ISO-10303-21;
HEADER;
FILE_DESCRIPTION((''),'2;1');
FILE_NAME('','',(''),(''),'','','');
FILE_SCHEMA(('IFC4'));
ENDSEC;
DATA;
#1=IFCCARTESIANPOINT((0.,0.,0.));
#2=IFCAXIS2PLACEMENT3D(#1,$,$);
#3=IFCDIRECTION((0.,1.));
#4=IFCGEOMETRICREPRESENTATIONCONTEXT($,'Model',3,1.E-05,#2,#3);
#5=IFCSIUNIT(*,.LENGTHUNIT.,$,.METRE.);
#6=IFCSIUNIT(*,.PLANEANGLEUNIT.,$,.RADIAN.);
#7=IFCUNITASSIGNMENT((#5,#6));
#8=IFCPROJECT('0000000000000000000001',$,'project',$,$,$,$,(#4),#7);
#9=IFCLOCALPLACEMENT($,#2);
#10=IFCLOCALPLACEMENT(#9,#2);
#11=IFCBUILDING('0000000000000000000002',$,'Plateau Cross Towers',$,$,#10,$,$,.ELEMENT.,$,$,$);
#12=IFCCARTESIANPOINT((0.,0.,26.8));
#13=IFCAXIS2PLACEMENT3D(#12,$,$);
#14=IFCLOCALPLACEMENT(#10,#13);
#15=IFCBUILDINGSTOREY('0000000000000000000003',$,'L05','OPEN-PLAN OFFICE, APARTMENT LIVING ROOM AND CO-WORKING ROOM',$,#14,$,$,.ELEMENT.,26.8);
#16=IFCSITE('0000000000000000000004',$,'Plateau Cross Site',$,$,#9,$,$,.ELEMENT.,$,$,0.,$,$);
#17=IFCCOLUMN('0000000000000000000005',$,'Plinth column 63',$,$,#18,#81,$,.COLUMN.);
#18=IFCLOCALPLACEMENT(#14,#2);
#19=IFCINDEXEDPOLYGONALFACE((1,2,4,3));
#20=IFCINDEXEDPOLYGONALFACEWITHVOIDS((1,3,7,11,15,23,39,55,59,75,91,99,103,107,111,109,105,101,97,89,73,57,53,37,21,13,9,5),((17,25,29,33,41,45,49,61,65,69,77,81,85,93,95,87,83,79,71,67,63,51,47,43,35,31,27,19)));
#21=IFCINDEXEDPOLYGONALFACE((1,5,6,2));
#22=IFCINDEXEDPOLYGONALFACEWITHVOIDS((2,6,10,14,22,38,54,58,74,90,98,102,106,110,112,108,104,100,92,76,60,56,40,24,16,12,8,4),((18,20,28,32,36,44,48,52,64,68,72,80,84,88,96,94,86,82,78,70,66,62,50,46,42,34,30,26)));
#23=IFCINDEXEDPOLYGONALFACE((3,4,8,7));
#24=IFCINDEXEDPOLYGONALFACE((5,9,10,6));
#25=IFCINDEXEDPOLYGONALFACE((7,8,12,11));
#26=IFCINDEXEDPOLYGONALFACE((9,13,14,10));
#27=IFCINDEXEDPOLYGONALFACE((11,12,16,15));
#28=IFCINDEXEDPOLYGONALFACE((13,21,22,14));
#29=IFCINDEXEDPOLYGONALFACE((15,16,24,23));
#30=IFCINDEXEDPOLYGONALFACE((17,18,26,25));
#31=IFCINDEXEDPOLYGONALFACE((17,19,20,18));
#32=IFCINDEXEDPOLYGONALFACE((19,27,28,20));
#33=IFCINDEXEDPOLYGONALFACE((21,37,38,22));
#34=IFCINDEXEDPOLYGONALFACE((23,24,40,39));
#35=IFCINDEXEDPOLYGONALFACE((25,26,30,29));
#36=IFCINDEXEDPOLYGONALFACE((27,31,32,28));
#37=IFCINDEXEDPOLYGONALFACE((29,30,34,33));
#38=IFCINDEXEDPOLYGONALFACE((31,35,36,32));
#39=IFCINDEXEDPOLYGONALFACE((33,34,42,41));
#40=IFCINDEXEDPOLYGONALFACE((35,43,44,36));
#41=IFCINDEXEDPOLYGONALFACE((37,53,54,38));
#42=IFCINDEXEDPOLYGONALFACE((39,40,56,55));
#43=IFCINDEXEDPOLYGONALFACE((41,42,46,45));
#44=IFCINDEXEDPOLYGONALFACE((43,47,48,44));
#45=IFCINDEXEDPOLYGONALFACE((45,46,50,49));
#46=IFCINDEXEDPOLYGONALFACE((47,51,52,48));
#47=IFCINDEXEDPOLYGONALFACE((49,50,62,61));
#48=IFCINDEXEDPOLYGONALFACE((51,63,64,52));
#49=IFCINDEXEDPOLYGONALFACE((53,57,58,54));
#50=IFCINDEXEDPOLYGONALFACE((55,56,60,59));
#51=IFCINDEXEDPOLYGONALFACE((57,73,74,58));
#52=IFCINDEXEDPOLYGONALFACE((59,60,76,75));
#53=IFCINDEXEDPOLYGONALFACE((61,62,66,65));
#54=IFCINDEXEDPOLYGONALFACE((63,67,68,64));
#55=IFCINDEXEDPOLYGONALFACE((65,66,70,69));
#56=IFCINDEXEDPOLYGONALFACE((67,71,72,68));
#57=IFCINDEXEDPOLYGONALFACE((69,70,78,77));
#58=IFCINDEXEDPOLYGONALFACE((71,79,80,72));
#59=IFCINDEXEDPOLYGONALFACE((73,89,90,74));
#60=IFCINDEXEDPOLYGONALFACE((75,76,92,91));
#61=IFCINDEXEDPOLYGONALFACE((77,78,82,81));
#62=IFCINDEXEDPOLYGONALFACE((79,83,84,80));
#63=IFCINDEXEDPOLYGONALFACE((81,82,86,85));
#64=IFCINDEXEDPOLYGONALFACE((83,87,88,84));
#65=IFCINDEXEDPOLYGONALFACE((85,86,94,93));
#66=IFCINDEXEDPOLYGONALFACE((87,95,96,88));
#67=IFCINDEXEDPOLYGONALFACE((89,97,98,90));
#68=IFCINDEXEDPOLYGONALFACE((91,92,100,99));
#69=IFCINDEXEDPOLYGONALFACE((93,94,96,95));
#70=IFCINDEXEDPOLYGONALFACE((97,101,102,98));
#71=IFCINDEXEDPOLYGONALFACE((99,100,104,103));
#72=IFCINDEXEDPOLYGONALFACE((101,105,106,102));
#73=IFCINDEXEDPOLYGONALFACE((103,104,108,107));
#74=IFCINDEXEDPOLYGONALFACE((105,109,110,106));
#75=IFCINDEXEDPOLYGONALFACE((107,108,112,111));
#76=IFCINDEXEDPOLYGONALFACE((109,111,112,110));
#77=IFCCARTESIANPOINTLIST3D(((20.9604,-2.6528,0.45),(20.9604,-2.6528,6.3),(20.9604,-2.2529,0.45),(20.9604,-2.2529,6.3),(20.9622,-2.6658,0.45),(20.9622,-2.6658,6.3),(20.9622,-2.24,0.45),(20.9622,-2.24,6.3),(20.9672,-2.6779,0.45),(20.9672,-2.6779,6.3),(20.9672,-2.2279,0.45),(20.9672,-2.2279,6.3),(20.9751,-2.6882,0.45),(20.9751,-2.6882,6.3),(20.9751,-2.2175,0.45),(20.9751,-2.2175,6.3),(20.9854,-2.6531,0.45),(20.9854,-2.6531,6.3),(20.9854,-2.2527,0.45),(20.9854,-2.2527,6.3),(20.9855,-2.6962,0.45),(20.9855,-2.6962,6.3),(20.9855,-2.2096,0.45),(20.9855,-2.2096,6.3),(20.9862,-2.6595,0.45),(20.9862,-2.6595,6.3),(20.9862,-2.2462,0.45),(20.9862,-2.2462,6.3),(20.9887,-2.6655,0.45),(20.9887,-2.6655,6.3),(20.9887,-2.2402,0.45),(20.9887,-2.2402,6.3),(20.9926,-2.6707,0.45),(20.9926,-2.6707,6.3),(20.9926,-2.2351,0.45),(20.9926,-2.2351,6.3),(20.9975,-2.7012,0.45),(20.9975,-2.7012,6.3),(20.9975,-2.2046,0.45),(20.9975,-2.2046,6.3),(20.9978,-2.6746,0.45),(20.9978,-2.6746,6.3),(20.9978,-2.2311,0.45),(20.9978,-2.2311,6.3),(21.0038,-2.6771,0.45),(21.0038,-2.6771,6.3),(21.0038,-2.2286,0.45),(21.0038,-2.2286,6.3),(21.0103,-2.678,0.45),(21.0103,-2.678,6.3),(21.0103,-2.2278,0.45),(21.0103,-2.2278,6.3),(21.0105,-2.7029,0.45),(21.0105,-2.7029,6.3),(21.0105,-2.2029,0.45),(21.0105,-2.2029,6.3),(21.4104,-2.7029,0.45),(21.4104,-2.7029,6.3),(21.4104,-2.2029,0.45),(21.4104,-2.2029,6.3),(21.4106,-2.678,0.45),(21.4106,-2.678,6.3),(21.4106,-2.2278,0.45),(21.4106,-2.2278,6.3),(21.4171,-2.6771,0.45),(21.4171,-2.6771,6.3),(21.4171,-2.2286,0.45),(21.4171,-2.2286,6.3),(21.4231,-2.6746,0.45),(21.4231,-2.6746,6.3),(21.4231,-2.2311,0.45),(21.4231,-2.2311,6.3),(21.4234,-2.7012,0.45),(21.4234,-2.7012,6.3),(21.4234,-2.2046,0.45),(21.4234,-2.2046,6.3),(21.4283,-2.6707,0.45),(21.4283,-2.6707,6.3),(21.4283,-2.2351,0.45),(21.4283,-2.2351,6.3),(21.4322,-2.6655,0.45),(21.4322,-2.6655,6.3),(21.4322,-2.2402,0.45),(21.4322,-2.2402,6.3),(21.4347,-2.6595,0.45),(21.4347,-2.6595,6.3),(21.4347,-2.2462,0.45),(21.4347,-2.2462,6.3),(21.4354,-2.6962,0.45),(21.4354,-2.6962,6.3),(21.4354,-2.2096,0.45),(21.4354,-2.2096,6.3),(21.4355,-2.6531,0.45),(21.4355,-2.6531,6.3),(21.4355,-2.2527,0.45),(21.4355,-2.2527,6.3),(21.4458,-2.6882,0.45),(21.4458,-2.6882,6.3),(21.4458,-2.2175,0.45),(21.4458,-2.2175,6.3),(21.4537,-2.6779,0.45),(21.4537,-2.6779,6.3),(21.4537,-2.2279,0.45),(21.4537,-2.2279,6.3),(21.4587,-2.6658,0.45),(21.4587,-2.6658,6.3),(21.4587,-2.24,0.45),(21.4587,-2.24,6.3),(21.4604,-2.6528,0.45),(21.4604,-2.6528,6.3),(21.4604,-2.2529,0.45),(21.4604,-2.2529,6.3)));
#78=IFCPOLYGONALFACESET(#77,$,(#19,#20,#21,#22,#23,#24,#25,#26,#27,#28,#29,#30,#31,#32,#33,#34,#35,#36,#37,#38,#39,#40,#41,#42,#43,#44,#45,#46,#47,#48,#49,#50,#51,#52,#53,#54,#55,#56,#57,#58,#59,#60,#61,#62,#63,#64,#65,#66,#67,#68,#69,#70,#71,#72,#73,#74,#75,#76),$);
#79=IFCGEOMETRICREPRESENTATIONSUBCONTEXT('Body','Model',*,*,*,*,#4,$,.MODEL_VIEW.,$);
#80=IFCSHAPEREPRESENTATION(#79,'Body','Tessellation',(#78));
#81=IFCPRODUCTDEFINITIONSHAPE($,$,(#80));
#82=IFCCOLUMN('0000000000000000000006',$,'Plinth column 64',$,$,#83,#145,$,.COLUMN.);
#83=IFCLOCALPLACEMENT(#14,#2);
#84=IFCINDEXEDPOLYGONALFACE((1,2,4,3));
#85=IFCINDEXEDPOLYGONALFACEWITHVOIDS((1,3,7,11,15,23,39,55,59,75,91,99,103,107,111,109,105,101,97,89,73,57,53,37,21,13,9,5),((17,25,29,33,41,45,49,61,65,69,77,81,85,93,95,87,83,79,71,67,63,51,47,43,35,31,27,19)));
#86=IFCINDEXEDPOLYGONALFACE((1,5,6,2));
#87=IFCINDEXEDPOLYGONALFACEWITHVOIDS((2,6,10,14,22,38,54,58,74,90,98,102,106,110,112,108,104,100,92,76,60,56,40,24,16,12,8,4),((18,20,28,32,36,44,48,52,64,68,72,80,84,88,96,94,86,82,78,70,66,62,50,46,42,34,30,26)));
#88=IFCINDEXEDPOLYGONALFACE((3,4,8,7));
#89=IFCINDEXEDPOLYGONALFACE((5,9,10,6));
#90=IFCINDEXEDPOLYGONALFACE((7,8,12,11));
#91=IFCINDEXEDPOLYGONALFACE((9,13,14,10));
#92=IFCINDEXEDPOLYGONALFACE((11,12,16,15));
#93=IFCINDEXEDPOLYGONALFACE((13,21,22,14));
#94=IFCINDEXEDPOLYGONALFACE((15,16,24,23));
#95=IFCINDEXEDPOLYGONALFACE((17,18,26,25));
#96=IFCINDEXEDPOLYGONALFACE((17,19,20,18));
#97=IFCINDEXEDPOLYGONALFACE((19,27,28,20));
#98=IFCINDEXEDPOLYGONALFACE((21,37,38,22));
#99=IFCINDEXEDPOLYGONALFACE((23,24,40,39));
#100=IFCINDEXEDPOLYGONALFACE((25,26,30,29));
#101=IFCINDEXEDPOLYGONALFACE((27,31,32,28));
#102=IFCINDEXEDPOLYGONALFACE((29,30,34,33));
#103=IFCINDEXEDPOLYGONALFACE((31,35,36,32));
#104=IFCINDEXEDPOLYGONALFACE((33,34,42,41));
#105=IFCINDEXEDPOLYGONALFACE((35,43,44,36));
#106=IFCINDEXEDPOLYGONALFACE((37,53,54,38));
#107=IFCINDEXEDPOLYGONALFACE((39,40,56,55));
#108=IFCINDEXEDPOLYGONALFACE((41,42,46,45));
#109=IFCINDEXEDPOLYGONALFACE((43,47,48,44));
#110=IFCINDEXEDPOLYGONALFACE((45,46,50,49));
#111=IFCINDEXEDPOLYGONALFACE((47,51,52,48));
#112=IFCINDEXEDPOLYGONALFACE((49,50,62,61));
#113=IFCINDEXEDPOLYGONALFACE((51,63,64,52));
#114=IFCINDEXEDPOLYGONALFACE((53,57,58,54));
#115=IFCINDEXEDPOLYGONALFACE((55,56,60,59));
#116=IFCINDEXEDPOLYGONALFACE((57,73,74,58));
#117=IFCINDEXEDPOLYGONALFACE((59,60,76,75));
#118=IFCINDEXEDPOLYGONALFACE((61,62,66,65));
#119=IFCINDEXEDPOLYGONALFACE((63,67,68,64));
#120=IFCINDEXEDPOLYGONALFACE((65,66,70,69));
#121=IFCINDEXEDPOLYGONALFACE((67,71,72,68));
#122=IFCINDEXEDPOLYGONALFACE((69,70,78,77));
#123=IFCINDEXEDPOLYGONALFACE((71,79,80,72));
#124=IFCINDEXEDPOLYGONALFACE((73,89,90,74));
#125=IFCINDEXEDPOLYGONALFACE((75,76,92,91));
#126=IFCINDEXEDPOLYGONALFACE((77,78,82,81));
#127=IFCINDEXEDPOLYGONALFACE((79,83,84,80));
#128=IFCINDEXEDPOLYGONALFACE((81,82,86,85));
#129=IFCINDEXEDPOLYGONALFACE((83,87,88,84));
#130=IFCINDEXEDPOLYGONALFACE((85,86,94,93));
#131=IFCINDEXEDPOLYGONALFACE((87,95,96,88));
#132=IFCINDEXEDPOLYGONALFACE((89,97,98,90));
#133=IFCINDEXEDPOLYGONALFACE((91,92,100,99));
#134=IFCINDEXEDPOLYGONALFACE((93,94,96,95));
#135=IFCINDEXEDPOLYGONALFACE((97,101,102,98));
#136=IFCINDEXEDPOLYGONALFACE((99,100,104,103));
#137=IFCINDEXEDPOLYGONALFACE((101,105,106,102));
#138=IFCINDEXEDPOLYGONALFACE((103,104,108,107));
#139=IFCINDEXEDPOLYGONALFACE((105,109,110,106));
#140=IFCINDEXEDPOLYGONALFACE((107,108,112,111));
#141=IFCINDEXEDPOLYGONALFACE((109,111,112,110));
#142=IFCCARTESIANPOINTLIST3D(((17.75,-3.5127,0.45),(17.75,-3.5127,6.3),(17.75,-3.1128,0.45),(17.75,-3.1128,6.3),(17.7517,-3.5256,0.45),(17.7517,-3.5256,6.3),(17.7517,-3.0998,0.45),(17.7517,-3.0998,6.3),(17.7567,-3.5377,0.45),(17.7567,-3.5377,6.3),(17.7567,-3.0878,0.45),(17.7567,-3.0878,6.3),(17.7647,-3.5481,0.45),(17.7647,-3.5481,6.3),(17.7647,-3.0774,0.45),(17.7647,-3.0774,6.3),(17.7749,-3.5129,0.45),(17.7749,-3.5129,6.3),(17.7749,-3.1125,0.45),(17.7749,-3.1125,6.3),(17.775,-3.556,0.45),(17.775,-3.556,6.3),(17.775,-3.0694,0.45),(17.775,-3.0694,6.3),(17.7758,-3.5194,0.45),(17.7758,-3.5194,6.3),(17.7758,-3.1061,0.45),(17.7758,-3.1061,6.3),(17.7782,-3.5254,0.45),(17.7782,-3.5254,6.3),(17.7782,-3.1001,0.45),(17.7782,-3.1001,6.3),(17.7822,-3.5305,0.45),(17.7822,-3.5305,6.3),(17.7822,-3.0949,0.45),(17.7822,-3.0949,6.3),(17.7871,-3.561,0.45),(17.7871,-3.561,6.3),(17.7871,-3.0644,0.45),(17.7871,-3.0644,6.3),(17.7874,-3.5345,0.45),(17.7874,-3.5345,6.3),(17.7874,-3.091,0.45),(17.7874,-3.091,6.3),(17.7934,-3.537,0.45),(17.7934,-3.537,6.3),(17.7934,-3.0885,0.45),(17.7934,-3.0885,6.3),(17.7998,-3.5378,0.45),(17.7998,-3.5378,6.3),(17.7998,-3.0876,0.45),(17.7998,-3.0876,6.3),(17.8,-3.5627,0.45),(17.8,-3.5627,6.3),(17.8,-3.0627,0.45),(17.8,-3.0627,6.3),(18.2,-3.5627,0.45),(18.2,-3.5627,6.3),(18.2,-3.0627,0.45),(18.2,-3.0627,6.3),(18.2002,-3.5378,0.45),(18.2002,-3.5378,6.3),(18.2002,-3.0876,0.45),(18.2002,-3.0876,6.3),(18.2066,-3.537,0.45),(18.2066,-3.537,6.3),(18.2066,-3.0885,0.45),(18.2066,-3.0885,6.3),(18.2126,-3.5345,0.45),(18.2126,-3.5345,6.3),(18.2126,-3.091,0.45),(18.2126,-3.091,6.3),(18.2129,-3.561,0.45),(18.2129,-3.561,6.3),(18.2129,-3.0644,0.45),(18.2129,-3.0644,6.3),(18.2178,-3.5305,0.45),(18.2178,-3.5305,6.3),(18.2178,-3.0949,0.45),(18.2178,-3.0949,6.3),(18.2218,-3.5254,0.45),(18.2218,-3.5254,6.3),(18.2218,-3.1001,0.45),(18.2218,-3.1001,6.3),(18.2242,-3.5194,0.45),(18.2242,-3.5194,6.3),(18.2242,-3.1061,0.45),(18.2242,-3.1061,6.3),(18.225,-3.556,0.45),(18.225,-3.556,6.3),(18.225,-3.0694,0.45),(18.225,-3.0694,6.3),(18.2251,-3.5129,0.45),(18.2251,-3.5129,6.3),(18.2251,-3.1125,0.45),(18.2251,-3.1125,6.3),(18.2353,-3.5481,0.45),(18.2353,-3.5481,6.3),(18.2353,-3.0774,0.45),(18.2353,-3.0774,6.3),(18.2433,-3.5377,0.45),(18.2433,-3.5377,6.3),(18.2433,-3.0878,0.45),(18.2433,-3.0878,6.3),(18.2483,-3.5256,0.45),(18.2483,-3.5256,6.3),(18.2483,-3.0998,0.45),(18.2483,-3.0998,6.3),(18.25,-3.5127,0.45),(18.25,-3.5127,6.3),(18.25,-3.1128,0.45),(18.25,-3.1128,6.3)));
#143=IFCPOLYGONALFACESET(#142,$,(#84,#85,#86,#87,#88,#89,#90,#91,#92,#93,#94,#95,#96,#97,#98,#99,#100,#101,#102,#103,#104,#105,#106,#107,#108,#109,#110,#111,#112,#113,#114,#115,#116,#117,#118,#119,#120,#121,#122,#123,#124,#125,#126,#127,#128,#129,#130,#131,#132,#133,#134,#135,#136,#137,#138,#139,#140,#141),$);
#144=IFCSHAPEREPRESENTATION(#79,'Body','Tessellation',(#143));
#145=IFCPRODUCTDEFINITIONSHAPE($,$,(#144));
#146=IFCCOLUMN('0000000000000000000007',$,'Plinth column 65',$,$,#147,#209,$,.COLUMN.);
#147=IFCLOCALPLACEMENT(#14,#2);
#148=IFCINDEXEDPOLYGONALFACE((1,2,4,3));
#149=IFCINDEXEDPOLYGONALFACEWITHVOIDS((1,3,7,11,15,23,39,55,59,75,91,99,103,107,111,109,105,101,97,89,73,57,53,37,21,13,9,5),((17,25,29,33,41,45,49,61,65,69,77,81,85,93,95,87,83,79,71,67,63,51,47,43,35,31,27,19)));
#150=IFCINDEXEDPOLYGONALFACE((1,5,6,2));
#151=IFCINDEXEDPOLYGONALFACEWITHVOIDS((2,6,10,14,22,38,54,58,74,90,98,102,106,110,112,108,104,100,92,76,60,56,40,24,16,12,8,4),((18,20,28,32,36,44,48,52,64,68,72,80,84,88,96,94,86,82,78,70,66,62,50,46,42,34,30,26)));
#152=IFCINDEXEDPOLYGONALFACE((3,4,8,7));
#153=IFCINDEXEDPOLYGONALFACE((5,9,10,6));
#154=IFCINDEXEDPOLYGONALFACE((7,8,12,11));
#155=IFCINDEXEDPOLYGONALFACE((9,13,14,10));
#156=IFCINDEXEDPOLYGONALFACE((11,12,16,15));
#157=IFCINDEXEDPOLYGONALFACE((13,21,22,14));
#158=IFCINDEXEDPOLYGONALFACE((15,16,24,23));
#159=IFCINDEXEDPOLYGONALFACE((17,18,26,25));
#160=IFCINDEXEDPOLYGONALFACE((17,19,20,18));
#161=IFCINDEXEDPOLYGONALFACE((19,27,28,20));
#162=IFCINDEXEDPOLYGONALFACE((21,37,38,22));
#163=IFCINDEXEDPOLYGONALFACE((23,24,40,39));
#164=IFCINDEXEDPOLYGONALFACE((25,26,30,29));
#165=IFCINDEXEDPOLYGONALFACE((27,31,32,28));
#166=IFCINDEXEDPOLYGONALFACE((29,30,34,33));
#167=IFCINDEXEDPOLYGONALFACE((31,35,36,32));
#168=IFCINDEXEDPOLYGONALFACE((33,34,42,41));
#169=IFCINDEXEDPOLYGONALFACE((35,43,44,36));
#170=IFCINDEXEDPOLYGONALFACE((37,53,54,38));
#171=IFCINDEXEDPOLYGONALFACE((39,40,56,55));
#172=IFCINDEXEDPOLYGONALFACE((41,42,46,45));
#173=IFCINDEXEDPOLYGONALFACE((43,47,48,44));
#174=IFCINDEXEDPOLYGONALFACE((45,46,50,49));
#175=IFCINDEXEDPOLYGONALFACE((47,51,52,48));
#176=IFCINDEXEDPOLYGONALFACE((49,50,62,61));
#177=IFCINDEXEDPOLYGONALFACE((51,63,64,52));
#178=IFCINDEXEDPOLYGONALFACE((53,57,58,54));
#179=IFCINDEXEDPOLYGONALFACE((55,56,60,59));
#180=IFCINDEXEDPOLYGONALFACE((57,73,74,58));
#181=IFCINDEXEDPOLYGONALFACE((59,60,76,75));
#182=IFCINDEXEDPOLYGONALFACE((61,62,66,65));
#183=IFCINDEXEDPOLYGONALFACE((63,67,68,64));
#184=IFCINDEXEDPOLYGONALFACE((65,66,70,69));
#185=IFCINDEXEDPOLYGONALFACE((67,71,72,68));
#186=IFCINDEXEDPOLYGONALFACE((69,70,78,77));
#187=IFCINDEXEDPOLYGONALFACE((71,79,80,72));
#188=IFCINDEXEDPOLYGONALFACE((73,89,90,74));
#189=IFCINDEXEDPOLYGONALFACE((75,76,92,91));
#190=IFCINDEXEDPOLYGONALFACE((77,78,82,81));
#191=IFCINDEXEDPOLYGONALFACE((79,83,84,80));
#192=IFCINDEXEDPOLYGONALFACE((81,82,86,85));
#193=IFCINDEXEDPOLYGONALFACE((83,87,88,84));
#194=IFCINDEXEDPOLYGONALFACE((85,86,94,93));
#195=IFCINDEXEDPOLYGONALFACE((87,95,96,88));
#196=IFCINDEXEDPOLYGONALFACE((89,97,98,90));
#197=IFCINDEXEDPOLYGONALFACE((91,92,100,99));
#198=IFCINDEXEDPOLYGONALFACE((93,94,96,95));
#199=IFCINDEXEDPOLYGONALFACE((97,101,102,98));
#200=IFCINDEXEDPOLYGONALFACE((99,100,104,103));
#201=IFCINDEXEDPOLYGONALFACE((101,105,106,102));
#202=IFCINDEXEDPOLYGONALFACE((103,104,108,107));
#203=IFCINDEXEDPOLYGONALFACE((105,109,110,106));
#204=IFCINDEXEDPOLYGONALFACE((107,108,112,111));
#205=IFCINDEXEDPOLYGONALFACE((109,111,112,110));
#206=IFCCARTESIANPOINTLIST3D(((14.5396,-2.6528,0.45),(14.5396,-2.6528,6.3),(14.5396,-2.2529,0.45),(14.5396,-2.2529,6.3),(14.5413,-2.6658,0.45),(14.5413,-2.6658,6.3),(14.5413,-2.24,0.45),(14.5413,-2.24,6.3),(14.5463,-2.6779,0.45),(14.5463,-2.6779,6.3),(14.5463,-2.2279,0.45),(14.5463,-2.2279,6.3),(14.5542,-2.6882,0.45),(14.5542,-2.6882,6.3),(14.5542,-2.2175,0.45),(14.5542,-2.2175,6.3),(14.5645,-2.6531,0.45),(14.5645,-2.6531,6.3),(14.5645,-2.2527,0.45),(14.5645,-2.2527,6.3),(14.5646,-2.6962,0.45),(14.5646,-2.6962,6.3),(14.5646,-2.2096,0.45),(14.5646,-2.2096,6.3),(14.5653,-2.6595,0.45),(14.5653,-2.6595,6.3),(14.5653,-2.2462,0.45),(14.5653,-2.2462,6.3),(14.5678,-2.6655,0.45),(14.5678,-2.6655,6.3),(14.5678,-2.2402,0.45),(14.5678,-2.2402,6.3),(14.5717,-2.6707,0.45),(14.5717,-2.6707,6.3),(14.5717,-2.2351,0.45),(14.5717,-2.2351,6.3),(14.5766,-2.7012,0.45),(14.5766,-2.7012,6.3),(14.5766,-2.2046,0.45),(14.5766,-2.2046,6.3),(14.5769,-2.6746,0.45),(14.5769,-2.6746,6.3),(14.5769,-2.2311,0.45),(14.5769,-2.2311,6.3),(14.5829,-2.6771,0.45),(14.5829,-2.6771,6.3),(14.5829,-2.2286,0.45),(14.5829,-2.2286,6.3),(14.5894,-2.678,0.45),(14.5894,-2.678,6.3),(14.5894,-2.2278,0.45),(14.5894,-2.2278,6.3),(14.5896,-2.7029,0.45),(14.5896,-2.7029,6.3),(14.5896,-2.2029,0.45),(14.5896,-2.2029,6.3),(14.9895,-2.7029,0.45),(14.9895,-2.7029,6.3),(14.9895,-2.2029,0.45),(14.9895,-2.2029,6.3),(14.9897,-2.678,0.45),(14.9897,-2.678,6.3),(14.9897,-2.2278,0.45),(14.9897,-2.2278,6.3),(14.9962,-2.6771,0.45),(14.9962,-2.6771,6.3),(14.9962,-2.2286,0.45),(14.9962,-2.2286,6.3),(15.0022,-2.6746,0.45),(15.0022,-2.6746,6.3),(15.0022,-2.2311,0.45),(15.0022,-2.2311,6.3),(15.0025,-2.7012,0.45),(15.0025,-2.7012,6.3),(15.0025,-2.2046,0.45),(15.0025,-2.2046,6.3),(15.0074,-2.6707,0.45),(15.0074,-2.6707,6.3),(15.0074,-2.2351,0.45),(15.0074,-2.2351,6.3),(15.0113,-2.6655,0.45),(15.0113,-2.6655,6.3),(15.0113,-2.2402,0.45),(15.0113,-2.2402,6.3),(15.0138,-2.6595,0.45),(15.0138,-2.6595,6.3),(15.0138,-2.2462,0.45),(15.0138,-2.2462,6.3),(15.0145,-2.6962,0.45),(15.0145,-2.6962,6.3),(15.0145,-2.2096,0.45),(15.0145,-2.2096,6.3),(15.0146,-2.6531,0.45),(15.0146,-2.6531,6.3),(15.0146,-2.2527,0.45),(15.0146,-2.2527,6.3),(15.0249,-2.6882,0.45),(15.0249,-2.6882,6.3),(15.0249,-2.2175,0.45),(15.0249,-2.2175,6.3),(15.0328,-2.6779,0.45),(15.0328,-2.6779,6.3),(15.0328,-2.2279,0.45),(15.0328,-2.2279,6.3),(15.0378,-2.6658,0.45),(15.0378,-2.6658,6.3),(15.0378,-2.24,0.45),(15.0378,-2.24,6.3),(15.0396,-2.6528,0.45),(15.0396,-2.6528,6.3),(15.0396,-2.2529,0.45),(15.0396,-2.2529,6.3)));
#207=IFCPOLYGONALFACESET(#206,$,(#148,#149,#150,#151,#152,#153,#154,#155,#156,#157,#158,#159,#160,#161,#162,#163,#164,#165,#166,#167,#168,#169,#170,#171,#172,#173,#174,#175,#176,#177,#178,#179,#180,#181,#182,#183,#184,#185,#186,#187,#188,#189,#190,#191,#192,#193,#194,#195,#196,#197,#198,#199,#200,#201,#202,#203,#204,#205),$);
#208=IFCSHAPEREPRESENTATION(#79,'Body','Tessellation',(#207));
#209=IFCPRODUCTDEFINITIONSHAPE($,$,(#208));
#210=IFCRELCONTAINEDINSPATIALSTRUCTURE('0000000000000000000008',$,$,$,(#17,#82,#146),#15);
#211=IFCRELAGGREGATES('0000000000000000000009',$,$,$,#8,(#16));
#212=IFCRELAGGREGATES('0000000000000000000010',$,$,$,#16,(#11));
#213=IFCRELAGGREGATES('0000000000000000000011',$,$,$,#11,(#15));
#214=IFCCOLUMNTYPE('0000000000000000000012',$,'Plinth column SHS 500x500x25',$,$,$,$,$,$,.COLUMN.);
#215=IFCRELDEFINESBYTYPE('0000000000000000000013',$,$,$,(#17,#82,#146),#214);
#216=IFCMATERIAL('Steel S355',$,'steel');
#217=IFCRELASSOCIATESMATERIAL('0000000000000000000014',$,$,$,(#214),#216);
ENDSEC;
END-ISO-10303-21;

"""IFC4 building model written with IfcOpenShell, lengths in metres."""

from ifc_helpers import new_model, si_unit, direction, frame, origin, origin_2d, place, context, subcontext, project, spatial, hollow_rectangle, extrude, material, material_profile, profile_set, type_object, element, save


model = new_model("IFC4")

# Units and contexts
model_context = context("Model", 3, precision=1e-05, world=origin(), true_north=direction((0.0, 1.0)))
body_context = subcontext(model_context, "Body", "Model", "MODEL_VIEW")
ifc_project = project(units=[si_unit("LENGTHUNIT", "METRE"), si_unit("PLANEANGLEUNIT", "RADIAN")], contexts=[model_context])

# Site, building, storey
site_placement = place(None, origin())
site = spatial("IfcSite", under=ifc_project, at=site_placement, Name="Plateau Cross Site", CompositionType="ELEMENT", RefElevation=0.0)
building_placement = place(site_placement, origin())
building = spatial("IfcBuilding", under=site, at=building_placement, Name="Plateau Cross Towers", CompositionType="ELEMENT")
storey_placement = place(building_placement, frame((0.0, 0.0, 26.8)))
storey = spatial("IfcBuildingStorey", under=building, at=storey_placement, Name="L05", Description="OPEN-PLAN OFFICE, APARTMENT LIVING ROOM AND CO-WORKING ROOM", CompositionType="ELEMENT", Elevation=26.8)

# Columns
ifc_material_1 = material(Name="Steel S355", Category="steel")
ifc_material_profile_1 = material_profile(ifc_material_1, hollow_rectangle(XDim=0.5, YDim=0.5, WallThickness=0.0249, InnerFilletRadius=0.0249, OuterFilletRadius=0.05, at=origin_2d()), Name="SHS 500x500x25")
ifc_profile_set_1 = profile_set([ifc_material_profile_1], Name="Steel S355")
column_type_1 = type_object("IfcColumnType", Name="Plinth column SHS 500x500x25", PredefinedType="COLUMN", material=ifc_profile_set_1)
for number, where, z_axis, x_axis, name in (
    (1, (21.2104, -2.4529, 0.45), (0.0, 0.0, 1.0), (1.0, 0.0, 0.0), "Plinth column 63"),
    (2, (18.0, -3.3127, 0.45), (0.0, 0.0, 1.0), (1.0, 0.0, 0.0), "Plinth column 64"),
    (3, (14.7896, -2.4529, 0.45), (0.0, 0.0, 1.0), (1.0, 0.0, 0.0), "Plinth column 65"),
):
    element("IfcColumn", number, at=place(storey_placement, frame(where, z_axis=z_axis, x_axis=x_axis)), inside=storey, type_object=column_type_1, Name=name, PredefinedType="COLUMN", context=body_context, shape_type="SweptSolid", body=[
        extrude(hollow_rectangle(XDim=0.5, YDim=0.5, WallThickness=0.0249, InnerFilletRadius=0.0249, OuterFilletRadius=0.05, at=origin_2d()), origin(), (0.0, 0.0, 1.0), 5.8501),
    ])

save(model, "model.ifc")
